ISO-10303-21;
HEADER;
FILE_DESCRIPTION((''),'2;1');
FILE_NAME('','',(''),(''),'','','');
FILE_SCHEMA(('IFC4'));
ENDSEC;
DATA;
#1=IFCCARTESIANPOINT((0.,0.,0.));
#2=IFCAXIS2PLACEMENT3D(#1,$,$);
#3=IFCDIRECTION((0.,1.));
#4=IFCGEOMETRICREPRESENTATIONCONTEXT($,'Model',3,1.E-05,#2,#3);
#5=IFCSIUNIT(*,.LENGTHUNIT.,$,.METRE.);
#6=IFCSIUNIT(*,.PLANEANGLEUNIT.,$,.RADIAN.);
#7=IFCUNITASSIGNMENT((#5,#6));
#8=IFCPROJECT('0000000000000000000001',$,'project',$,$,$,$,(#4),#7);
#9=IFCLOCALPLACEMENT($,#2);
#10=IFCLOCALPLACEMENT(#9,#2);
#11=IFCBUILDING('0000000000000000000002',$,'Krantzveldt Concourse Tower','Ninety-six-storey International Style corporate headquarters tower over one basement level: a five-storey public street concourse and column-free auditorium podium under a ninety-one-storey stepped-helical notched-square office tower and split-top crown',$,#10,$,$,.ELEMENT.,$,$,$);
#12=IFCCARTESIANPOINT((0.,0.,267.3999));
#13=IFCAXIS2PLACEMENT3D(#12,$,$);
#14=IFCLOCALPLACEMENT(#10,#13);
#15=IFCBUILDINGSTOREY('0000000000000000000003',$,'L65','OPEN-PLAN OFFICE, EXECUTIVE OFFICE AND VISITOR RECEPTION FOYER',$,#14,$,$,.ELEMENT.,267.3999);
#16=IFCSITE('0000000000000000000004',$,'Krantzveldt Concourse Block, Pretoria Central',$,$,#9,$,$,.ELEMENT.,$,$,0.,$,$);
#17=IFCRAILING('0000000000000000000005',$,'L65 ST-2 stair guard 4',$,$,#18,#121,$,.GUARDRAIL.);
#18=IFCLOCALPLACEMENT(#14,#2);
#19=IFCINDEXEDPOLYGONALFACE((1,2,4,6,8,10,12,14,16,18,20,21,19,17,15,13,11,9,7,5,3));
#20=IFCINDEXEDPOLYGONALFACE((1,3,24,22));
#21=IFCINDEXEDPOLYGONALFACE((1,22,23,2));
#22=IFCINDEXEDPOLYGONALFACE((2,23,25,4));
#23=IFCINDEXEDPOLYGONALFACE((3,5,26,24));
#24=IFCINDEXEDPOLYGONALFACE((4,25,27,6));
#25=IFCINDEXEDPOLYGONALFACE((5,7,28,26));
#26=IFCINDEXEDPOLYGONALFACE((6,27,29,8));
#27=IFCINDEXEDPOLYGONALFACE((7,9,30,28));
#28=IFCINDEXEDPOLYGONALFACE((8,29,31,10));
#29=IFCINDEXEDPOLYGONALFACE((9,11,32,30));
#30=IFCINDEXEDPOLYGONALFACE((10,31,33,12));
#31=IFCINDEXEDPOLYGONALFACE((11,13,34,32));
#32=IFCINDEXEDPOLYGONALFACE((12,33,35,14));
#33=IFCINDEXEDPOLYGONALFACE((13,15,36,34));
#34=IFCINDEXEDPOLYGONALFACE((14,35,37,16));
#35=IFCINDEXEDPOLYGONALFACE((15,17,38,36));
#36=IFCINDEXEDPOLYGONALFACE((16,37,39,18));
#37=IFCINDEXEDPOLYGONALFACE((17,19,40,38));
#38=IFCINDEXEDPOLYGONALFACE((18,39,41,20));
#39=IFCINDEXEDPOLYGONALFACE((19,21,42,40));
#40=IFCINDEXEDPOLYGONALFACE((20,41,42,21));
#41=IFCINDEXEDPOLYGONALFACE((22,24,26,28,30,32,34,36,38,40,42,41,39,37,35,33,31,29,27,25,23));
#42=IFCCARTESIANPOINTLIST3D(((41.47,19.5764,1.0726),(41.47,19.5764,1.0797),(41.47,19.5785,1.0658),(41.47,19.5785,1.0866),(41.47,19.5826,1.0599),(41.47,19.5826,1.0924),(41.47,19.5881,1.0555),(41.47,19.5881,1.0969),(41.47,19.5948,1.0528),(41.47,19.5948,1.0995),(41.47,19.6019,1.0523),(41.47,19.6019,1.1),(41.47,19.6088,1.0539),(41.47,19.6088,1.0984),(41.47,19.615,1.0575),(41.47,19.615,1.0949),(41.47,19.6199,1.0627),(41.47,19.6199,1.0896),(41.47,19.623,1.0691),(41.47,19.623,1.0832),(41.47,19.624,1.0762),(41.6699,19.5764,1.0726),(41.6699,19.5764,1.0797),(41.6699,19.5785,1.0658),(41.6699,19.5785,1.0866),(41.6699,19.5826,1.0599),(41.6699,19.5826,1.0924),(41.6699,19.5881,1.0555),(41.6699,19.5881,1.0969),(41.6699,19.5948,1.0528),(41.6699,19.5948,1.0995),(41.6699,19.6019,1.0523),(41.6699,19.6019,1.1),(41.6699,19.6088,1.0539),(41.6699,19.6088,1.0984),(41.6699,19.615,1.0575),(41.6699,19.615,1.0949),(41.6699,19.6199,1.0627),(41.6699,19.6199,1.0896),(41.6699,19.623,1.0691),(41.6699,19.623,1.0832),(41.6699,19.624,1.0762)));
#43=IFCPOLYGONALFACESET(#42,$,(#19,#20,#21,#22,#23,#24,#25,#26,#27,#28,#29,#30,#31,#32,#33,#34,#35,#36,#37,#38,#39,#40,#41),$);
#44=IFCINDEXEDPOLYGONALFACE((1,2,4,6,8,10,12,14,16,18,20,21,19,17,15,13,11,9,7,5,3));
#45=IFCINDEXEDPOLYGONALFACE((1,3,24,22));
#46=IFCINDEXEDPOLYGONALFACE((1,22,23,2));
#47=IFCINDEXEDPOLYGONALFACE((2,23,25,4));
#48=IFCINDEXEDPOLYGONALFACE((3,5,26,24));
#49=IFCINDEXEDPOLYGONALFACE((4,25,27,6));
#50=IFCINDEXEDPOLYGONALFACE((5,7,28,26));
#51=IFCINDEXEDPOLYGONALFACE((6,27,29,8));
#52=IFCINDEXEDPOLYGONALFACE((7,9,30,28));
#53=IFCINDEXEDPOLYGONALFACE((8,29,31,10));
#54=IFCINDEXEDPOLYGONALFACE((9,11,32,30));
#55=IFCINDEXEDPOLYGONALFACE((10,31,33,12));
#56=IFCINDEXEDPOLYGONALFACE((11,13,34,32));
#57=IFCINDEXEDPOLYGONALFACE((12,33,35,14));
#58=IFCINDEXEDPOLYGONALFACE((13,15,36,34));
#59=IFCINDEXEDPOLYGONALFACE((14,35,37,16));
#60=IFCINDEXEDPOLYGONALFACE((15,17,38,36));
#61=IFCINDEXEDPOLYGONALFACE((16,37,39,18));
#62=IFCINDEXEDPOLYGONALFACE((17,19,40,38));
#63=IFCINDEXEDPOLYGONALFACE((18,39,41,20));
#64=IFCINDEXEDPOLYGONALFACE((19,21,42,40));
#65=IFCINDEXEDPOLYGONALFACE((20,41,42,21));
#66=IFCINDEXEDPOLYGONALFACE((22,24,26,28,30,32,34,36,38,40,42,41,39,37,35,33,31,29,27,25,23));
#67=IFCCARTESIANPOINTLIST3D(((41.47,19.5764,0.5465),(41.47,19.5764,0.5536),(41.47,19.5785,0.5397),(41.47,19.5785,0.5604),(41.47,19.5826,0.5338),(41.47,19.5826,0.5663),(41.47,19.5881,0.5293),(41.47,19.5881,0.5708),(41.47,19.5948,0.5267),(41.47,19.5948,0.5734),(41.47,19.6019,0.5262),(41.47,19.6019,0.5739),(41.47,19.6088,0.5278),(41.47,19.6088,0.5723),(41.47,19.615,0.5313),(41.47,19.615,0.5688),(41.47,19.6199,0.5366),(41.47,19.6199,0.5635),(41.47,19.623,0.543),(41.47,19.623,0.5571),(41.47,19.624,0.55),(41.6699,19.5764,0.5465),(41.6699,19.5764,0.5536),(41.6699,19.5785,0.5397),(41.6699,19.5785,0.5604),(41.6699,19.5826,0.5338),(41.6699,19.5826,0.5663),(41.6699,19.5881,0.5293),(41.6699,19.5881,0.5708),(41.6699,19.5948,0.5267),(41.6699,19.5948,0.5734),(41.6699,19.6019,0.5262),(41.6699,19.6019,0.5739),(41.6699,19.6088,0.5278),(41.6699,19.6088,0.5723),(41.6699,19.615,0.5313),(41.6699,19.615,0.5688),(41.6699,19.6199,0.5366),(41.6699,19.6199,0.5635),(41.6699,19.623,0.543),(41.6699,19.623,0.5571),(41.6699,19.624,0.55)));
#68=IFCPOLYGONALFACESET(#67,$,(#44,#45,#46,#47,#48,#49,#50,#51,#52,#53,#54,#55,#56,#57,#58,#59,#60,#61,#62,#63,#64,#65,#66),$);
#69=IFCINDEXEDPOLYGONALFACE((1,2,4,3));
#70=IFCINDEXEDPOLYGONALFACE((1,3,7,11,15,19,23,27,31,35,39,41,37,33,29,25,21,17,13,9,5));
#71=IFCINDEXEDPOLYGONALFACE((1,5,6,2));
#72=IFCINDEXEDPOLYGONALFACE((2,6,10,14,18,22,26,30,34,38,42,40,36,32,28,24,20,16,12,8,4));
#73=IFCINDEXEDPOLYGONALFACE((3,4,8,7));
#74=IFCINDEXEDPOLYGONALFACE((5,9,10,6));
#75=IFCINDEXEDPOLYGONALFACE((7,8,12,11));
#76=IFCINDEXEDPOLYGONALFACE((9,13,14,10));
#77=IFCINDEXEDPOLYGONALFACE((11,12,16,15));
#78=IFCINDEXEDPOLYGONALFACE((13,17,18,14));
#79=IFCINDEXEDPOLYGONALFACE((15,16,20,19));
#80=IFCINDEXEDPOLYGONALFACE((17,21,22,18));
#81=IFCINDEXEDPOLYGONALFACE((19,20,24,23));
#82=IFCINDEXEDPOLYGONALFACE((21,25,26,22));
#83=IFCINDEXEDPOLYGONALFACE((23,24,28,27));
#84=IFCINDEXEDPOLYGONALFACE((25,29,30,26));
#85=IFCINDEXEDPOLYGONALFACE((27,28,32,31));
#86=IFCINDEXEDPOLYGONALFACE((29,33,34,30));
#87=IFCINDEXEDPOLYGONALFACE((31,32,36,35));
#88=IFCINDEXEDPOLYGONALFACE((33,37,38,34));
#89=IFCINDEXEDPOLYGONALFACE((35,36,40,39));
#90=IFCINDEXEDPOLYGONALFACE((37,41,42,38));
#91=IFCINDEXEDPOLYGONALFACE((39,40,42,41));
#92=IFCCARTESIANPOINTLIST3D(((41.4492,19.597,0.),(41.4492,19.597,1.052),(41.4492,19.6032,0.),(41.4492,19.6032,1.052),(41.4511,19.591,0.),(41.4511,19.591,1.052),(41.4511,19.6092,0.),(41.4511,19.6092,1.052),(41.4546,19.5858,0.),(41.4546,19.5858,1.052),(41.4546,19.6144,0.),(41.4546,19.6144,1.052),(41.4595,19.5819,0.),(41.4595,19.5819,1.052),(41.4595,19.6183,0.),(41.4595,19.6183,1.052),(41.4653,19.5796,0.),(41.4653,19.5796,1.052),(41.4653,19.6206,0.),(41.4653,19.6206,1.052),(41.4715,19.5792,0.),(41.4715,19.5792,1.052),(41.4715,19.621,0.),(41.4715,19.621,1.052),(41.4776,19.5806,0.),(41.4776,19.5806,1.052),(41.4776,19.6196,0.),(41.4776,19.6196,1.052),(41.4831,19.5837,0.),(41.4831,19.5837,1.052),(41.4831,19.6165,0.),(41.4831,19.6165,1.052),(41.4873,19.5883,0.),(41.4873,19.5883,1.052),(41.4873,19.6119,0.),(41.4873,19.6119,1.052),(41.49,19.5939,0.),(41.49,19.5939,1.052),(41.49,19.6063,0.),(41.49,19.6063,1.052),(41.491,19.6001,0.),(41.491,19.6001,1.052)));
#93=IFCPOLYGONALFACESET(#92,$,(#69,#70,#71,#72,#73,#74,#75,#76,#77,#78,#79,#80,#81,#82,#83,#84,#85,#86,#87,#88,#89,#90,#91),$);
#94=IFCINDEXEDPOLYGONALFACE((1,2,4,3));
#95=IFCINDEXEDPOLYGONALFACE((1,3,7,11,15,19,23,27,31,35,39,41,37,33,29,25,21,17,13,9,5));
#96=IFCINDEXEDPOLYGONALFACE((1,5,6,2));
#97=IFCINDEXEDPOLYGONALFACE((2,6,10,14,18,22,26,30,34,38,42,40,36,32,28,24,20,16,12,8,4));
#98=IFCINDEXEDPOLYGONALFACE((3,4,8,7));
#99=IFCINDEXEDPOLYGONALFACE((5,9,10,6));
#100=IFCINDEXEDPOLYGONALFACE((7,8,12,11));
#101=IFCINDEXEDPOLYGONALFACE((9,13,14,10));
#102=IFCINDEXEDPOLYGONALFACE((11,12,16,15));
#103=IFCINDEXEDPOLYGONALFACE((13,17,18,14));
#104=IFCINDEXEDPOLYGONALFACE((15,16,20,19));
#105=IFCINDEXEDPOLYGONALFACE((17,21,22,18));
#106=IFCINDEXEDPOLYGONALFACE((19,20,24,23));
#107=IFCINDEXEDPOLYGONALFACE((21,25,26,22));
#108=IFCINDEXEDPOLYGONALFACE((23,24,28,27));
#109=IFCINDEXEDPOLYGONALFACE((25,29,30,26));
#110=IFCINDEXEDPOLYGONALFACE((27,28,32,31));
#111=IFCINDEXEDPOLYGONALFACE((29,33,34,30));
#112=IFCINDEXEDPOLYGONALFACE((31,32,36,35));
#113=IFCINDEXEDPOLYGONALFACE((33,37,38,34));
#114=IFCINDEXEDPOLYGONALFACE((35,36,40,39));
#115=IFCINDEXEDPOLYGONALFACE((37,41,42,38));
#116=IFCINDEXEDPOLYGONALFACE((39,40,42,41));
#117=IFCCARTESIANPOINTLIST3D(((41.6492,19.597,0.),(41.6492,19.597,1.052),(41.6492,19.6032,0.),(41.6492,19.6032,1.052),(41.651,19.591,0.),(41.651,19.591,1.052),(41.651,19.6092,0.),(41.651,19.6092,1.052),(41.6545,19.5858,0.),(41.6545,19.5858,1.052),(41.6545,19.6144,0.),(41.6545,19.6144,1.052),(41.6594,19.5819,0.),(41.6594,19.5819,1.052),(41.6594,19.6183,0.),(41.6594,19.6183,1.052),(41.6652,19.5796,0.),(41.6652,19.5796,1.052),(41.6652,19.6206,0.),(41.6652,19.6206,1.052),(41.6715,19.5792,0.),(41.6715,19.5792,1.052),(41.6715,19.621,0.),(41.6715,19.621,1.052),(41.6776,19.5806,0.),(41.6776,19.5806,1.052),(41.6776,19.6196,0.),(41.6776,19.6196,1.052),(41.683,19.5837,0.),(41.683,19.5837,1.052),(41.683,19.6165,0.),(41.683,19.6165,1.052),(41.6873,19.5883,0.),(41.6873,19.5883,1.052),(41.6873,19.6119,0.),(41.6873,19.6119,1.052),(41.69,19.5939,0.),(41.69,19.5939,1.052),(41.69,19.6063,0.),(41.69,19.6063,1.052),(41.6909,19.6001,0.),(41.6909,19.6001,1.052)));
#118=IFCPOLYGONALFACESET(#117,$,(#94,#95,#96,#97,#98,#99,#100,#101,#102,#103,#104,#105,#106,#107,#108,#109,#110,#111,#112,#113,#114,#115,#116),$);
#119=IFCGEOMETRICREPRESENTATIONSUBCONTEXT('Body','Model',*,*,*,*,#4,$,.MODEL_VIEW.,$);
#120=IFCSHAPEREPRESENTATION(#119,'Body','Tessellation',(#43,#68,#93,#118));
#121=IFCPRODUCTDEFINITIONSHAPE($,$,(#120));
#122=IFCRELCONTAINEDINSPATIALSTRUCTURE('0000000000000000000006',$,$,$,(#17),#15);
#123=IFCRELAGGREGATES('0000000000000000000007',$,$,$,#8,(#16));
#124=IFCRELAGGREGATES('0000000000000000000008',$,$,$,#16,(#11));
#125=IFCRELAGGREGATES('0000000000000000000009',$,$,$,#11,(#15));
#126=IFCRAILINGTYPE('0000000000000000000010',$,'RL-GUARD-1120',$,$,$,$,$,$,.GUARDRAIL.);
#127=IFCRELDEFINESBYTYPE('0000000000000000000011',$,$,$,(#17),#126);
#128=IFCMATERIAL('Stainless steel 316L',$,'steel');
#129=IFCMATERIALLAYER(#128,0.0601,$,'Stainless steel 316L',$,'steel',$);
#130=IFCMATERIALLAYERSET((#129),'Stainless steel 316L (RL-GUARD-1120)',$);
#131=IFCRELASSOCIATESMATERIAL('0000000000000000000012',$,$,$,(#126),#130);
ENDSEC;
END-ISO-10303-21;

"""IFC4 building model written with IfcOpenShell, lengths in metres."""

from ifc_helpers import new_model, si_unit, direction, frame, origin, origin_2d, place, context, subcontext, project, spatial, circle, extrude, material, layer, layer_set, type_object, element, save


model = new_model("IFC4")

# Units and contexts
model_context = context("Model", 3, precision=1e-05, world=origin(), true_north=direction((0.0, 1.0)))
body_context = subcontext(model_context, "Body", "Model", "MODEL_VIEW")
ifc_project = project(units=[si_unit("LENGTHUNIT", "METRE"), si_unit("PLANEANGLEUNIT", "RADIAN")], contexts=[model_context])

# Site, building, storey
site_placement = place(None, origin())
site = spatial("IfcSite", under=ifc_project, at=site_placement, Name="Krantzveldt Concourse Block, Pretoria Central", CompositionType="ELEMENT", RefElevation=0.0)
building_placement = place(site_placement, origin())
building = spatial("IfcBuilding", under=site, at=building_placement, Name="Krantzveldt Concourse Tower", Description="Ninety-six-storey International Style corporate headquarters tower over one basement level: a five-storey public street concourse and column-free auditorium podium under a ninety-one-storey stepped-helical notched-square office tower and split-top crown", CompositionType="ELEMENT")
storey_placement = place(building_placement, frame((0.0, 0.0, 267.3999)))
storey = spatial("IfcBuildingStorey", under=building, at=storey_placement, Name="L65", Description="OPEN-PLAN OFFICE, EXECUTIVE OFFICE AND VISITOR RECEPTION FOYER", CompositionType="ELEMENT", Elevation=267.3999)

# Shared definitions
ifc_material_1 = material(Name="Stainless steel 316L", Category="steel")

# Railing
ifc_layer_1 = layer(ifc_material_1, 0.0601, Name="Stainless steel 316L", Category="steel")
ifc_layer_set_1 = layer_set([ifc_layer_1], Name="Stainless steel 316L (RL-GUARD-1120)")
railing_type_1 = type_object("IfcRailingType", Name="RL-GUARD-1120", PredefinedType="GUARDRAIL", material=ifc_layer_set_1)
railing_1_placement = place(storey_placement, frame((41.47, 19.6001, 0.0)))
element("IfcRailing", 1, at=railing_1_placement, inside=storey, type_object=railing_type_1, Name="L65 ST-2 stair guard 4", PredefinedType="GUARDRAIL", context=body_context, shape_type="SweptSolid", body=[
    extrude(circle(Radius=0.0239, at=origin_2d()), frame((0.0, 0.0, 1.0762), z_axis=(1.0, 0.0, 0.0), x_axis=(0.0, 1.0, 0.0)), (0.0, 0.0, 1.0), 0.2),
    extrude(circle(Radius=0.0239, at=origin_2d()), frame((0.0, 0.0, 0.55), z_axis=(1.0, 0.0, 0.0), x_axis=(0.0, 1.0, 0.0)), (0.0, 0.0, 1.0), 0.2),
    extrude(circle(Radius=0.021, at=origin_2d()), origin(), (0.0, 0.0, 1.0), 1.052),
    extrude(circle(Radius=0.021, at=origin_2d()), frame((0.2, 0.0, 0.0)), (0.0, 0.0, 1.0), 1.052),
])

save(model, "model.ifc")
